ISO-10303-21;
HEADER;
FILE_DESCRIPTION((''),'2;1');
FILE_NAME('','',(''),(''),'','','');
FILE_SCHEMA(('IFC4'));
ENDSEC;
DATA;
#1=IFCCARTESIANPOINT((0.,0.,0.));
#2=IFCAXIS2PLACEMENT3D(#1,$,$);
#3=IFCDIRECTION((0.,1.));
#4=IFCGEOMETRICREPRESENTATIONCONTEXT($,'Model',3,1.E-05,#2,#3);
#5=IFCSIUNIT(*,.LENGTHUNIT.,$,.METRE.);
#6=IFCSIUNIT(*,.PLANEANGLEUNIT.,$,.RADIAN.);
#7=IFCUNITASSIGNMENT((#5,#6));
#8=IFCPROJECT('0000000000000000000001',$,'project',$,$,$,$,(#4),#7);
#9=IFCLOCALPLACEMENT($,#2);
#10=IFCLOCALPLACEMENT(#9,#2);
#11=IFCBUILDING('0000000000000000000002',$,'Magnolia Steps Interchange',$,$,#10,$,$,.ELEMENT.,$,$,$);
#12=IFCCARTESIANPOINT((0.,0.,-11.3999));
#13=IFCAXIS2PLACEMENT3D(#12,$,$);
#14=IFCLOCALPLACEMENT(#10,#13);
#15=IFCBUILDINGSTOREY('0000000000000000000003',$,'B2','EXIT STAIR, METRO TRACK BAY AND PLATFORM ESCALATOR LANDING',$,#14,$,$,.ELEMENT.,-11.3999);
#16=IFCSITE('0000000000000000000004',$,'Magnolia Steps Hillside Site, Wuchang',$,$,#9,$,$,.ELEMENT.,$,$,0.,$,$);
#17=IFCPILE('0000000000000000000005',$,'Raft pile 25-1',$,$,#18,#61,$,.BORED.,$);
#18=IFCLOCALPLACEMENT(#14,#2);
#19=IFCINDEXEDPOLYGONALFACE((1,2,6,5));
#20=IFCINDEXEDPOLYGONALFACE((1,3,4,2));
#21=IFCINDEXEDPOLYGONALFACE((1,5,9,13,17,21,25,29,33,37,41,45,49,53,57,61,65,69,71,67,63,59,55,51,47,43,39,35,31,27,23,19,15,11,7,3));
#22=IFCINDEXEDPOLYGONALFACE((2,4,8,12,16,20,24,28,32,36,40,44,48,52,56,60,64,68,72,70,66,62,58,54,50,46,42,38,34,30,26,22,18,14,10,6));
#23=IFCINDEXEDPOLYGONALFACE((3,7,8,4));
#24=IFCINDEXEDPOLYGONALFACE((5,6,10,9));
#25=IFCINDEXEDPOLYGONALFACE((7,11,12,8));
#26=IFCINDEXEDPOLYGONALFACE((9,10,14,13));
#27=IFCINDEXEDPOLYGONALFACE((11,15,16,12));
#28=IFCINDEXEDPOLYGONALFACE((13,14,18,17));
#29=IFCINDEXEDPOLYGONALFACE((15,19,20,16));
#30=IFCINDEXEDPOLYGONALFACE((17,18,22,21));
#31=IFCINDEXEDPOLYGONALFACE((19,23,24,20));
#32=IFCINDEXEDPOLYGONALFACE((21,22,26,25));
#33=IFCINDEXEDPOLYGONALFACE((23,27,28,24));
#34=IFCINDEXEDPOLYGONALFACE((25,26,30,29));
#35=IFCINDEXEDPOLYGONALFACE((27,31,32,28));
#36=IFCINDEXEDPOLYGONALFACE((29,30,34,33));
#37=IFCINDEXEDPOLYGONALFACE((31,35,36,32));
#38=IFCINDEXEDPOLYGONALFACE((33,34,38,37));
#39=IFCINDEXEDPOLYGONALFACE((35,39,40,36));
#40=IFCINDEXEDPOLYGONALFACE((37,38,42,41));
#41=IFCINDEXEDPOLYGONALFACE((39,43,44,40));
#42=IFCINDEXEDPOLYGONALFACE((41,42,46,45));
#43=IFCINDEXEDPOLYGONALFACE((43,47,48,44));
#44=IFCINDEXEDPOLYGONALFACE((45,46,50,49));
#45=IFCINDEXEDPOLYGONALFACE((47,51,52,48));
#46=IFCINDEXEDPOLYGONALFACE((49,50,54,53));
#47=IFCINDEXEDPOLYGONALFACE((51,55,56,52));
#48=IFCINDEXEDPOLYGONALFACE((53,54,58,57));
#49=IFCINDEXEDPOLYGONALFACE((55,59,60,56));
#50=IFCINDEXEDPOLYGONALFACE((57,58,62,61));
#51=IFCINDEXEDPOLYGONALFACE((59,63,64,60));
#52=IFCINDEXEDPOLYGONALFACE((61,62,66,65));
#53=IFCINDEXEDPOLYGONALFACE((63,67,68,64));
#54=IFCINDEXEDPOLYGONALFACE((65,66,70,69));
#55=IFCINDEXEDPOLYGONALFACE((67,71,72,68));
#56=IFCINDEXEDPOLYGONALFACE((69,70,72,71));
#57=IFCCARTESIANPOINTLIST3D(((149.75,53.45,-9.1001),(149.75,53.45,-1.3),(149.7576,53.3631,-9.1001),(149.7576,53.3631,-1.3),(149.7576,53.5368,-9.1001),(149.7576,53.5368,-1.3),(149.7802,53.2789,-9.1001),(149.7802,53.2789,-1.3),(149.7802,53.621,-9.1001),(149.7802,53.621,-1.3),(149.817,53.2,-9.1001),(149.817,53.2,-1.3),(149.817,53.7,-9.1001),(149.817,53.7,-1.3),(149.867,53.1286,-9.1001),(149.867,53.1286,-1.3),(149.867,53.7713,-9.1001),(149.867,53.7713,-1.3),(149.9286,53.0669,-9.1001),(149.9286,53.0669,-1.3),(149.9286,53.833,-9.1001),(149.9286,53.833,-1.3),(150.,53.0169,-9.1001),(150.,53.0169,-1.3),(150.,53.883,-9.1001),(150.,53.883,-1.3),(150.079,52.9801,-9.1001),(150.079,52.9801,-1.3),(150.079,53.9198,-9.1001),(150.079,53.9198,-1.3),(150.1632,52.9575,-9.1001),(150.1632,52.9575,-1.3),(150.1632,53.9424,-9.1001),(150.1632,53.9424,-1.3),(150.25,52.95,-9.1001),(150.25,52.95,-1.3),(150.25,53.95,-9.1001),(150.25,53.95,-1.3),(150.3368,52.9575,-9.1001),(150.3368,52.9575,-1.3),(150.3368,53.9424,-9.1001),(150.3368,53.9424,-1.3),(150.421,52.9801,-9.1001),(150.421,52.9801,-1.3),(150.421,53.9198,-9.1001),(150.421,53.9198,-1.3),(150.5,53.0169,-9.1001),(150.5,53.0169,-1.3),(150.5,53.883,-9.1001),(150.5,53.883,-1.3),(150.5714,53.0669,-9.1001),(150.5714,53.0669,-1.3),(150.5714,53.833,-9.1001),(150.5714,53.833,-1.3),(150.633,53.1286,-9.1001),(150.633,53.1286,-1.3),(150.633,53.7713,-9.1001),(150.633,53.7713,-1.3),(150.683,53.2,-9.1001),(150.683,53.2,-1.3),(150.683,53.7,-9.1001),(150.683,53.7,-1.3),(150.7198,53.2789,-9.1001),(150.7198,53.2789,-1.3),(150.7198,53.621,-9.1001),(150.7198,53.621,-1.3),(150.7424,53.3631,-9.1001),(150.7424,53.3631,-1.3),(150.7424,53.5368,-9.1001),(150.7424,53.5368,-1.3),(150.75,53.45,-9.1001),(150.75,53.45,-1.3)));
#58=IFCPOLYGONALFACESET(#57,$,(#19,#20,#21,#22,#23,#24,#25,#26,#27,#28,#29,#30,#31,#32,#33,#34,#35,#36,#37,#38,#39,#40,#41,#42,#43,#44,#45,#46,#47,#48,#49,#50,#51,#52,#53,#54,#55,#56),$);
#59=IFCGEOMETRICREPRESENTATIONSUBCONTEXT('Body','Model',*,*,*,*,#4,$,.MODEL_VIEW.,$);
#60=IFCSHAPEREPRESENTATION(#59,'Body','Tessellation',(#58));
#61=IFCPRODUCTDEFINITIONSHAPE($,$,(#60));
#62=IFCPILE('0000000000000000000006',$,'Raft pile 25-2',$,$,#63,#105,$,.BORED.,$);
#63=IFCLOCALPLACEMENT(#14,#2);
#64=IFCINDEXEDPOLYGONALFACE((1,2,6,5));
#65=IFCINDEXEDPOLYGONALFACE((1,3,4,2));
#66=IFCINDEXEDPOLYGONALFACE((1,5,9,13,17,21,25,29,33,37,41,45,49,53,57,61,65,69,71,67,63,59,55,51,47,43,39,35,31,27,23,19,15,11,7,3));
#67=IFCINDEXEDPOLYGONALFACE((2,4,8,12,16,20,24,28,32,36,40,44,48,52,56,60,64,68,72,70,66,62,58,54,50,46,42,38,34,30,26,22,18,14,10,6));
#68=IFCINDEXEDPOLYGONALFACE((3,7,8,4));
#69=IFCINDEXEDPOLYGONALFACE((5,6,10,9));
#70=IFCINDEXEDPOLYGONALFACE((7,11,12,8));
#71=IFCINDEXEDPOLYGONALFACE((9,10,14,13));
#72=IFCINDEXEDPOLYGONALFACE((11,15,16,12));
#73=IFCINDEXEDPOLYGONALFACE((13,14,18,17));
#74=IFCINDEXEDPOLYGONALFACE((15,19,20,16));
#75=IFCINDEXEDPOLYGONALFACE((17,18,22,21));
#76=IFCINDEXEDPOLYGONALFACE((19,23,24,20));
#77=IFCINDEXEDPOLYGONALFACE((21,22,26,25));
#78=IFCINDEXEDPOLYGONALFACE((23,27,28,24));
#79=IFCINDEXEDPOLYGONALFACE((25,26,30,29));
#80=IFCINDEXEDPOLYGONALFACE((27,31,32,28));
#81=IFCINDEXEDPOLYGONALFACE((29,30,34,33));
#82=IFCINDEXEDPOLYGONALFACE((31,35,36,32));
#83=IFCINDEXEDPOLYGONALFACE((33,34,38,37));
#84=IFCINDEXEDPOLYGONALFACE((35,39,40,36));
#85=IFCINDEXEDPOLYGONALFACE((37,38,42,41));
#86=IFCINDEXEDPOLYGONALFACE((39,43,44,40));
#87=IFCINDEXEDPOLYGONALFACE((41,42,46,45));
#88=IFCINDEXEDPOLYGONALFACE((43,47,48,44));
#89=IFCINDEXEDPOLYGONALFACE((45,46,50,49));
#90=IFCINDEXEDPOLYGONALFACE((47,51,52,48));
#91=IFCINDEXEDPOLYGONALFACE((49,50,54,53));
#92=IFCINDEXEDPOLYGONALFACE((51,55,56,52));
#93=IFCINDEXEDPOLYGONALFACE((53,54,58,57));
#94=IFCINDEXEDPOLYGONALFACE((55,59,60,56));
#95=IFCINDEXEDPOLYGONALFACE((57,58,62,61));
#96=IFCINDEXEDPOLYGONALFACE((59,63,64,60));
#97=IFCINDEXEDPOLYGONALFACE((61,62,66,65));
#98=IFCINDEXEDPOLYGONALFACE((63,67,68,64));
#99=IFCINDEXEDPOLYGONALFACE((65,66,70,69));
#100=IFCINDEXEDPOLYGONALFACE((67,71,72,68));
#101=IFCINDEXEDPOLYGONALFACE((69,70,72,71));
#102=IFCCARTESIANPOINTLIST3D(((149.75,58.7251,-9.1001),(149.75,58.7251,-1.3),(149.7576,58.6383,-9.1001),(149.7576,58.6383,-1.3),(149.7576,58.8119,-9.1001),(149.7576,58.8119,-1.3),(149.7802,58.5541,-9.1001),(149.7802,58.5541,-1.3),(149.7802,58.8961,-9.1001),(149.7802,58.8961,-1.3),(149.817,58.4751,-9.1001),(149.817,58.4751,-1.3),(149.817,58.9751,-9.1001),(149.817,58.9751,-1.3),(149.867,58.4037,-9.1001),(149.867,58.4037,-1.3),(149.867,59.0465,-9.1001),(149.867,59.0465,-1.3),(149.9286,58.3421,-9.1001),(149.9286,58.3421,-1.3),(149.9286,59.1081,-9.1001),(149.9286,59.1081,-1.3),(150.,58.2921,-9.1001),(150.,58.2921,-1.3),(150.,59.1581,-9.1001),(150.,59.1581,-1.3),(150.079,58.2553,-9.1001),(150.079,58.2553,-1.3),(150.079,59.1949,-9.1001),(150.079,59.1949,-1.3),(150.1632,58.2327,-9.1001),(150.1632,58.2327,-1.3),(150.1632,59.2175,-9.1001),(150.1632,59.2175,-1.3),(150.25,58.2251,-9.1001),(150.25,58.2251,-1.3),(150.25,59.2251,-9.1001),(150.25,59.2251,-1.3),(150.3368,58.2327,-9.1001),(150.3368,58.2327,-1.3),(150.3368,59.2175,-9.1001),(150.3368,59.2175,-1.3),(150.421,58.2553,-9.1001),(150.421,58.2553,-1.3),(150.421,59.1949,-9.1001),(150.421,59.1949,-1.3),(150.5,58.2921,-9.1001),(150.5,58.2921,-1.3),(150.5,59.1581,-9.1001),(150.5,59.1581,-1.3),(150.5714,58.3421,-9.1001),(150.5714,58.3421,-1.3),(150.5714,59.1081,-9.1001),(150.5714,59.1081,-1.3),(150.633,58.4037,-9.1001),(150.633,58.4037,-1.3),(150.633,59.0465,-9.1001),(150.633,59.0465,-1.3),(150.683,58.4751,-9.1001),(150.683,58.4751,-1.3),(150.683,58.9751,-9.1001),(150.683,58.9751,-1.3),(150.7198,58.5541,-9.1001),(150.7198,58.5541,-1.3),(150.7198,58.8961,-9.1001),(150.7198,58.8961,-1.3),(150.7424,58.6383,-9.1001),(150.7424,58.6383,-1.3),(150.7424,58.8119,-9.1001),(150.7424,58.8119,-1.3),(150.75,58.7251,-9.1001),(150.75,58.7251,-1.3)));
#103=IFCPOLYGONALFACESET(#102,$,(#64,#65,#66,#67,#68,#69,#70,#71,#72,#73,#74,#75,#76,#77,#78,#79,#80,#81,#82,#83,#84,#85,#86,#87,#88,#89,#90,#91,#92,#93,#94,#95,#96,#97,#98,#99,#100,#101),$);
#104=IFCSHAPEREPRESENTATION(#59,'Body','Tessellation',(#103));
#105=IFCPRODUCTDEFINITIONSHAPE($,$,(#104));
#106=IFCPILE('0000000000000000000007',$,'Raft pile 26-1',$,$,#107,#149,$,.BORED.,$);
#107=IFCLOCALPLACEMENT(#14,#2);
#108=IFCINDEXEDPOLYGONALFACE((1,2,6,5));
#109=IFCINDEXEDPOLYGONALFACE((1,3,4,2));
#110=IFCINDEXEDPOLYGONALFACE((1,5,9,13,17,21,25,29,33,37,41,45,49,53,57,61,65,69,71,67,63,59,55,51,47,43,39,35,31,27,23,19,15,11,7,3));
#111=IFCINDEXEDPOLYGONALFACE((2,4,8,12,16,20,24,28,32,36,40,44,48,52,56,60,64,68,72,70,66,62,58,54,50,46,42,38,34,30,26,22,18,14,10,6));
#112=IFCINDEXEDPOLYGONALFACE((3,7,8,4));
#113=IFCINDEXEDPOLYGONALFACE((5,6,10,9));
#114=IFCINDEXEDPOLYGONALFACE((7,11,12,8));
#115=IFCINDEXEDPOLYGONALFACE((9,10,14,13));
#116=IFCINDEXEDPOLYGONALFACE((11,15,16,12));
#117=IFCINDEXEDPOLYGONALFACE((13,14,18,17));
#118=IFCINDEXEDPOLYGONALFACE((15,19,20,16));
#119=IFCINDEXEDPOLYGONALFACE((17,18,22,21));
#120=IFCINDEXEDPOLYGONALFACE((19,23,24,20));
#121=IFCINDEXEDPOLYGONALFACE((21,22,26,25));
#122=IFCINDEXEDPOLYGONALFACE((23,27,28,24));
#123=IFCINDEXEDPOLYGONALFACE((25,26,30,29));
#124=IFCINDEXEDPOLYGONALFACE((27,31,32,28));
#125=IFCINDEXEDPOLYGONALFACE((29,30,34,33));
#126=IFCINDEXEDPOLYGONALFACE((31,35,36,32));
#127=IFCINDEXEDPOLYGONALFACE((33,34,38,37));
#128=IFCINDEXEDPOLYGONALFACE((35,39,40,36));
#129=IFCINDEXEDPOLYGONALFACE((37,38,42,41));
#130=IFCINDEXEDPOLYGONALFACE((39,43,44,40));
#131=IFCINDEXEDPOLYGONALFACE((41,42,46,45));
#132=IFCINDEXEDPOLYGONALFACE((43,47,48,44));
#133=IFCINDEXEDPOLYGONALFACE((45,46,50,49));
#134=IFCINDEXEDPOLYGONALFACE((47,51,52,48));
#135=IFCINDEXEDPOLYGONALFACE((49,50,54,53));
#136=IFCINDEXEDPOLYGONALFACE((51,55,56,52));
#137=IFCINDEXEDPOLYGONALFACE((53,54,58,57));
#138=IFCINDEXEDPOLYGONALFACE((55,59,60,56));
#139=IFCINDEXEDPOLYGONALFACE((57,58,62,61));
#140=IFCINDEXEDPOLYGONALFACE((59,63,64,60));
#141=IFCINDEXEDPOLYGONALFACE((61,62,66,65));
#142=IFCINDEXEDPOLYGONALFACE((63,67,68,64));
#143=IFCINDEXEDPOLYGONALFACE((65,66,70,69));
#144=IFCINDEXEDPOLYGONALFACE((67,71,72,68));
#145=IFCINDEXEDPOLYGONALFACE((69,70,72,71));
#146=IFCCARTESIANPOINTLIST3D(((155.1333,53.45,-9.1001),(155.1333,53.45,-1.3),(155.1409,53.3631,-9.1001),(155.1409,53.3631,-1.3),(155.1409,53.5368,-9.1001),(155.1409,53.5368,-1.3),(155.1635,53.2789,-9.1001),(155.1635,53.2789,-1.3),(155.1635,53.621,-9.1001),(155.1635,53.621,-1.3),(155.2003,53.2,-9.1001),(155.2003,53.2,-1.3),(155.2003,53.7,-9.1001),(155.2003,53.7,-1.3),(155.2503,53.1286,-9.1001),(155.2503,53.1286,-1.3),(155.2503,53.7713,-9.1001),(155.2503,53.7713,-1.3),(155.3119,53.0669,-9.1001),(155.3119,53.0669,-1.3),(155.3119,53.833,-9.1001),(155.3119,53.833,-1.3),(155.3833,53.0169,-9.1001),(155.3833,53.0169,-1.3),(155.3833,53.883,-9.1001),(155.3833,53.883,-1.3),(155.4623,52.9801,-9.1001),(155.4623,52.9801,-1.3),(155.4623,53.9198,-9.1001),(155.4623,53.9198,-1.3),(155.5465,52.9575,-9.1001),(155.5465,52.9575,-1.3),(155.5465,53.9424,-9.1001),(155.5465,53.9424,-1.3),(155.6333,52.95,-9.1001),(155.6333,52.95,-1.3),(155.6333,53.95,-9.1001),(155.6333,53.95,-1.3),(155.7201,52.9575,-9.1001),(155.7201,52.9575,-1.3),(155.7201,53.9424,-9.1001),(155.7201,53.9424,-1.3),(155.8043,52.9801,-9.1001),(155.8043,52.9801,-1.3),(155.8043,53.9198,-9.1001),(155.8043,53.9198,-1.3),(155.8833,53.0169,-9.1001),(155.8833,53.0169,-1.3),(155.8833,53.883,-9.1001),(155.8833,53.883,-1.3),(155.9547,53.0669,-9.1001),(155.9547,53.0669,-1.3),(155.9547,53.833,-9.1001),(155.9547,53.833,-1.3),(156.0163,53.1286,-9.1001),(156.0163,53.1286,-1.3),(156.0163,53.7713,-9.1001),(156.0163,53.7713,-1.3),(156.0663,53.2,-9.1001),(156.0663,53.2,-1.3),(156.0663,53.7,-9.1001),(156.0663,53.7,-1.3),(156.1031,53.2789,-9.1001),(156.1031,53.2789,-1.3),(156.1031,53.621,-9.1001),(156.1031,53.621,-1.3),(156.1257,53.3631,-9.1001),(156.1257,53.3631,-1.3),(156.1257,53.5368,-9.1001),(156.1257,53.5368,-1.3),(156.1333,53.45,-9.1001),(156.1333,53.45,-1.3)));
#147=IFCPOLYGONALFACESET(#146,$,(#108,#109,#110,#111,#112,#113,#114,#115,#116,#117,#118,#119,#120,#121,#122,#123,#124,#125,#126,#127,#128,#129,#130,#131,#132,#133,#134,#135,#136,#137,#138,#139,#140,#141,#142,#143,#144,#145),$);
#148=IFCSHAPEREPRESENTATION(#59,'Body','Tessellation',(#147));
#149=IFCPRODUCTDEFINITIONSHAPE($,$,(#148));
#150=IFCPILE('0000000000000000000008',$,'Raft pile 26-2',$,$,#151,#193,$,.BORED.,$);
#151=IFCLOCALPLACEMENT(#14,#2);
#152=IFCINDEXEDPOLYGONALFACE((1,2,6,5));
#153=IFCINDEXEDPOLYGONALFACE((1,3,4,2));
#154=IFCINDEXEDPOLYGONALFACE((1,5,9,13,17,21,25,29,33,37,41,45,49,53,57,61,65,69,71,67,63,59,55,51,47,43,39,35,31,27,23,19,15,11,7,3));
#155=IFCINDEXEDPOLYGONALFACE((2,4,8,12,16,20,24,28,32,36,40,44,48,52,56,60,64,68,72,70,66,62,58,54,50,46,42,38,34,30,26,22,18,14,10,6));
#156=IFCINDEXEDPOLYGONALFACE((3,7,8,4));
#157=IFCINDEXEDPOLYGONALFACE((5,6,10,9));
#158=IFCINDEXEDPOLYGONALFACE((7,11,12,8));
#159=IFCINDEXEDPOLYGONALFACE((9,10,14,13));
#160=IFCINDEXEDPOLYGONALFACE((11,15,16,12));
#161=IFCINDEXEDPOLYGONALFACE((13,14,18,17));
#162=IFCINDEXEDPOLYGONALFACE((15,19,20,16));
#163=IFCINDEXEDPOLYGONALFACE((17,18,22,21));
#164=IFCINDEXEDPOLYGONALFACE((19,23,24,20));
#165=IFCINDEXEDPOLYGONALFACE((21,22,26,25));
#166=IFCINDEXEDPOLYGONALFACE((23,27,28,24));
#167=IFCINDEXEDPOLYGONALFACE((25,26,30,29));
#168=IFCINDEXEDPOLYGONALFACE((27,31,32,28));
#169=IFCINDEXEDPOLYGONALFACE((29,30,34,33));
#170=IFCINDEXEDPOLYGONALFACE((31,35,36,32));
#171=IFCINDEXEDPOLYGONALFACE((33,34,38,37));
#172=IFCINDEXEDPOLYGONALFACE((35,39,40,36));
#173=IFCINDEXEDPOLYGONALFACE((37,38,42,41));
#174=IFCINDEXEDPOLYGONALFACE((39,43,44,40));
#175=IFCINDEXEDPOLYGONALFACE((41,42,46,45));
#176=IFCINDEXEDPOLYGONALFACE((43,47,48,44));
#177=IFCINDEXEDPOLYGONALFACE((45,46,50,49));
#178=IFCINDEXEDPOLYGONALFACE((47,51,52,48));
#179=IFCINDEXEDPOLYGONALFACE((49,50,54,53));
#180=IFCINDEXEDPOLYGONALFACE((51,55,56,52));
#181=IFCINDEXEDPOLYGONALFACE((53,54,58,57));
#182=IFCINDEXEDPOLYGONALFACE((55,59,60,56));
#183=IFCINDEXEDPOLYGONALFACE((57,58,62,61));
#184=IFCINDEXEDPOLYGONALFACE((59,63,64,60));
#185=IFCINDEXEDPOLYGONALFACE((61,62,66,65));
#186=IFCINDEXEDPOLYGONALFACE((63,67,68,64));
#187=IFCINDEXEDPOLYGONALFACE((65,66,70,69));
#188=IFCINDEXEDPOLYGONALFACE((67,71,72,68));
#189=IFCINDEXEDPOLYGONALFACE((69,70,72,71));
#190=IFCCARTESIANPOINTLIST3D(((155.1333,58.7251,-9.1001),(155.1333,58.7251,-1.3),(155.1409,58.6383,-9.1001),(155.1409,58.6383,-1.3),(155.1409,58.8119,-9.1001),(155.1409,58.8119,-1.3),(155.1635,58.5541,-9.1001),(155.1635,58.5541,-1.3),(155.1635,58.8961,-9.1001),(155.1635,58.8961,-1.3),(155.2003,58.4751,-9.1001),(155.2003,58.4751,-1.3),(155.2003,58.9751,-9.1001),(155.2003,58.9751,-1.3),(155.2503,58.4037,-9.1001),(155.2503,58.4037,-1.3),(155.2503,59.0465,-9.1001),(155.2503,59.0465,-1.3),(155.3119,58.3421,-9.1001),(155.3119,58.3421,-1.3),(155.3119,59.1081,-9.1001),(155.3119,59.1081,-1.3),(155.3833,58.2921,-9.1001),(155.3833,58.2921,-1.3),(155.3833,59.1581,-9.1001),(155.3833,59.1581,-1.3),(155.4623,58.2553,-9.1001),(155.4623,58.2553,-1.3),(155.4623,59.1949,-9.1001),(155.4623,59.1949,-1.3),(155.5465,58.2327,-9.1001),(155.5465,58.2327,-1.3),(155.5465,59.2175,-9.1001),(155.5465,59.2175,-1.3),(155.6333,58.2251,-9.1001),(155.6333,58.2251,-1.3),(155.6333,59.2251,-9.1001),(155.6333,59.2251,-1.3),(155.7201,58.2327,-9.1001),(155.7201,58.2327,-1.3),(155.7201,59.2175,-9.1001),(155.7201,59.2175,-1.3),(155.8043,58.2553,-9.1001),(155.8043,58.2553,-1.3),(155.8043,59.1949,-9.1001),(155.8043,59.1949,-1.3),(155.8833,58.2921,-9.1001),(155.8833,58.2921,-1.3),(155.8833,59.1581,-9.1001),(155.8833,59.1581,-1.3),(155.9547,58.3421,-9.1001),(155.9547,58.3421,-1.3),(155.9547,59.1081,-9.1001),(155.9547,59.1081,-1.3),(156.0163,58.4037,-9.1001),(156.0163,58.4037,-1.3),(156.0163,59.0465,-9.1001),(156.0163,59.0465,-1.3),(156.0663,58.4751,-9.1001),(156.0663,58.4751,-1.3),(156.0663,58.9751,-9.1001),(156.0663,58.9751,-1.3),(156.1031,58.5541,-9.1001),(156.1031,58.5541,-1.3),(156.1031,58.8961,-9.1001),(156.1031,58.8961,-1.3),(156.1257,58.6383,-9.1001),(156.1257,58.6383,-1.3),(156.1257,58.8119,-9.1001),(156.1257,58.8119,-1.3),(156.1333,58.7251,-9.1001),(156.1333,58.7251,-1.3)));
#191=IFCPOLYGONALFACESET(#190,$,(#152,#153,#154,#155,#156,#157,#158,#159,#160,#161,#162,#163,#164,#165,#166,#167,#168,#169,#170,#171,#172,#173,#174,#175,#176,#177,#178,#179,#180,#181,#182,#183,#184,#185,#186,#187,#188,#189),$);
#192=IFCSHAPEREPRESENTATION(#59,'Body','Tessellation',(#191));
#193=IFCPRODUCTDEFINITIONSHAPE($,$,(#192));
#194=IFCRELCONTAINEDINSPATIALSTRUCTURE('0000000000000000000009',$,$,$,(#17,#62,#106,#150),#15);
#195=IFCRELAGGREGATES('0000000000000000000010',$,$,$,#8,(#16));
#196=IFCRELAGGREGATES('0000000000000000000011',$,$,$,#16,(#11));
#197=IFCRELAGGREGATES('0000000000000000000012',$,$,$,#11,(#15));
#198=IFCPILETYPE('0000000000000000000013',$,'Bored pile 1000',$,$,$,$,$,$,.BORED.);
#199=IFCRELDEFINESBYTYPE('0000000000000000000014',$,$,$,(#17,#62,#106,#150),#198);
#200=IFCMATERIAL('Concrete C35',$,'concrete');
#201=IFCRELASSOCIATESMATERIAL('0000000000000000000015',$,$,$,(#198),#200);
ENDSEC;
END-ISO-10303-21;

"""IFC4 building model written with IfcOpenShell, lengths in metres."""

from ifc_helpers import new_model, si_unit, direction, frame, origin, origin_2d, place, context, subcontext, project, spatial, circle, extrude, material, material_profile, profile_set, type_object, element, save


model = new_model("IFC4")

# Units and contexts
model_context = context("Model", 3, precision=1e-05, world=origin(), true_north=direction((0.0, 1.0)))
body_context = subcontext(model_context, "Body", "Model", "MODEL_VIEW")
ifc_project = project(units=[si_unit("LENGTHUNIT", "METRE"), si_unit("PLANEANGLEUNIT", "RADIAN")], contexts=[model_context])

# Site, building, storey
site_placement = place(None, origin())
site = spatial("IfcSite", under=ifc_project, at=site_placement, Name="Magnolia Steps Hillside Site, Wuchang", CompositionType="ELEMENT", RefElevation=0.0)
building_placement = place(site_placement, origin())
building = spatial("IfcBuilding", under=site, at=building_placement, Name="Magnolia Steps Interchange", CompositionType="ELEMENT")
storey_placement = place(building_placement, frame((0.0, 0.0, -11.3999)))
storey = spatial("IfcBuildingStorey", under=building, at=storey_placement, Name="B2", Description="EXIT STAIR, METRO TRACK BAY AND PLATFORM ESCALATOR LANDING", CompositionType="ELEMENT", Elevation=-11.3999)

# Piles
ifc_material_1 = material(Name="Concrete C35", Category="concrete")
ifc_material_profile_1 = material_profile(ifc_material_1, circle(Radius=0.5, at=origin_2d()), Name="Bored pile 1000")
ifc_profile_set_1 = profile_set([ifc_material_profile_1], Name="Concrete C35")
pile_type_1 = type_object("IfcPileType", Name="Bored pile 1000", PredefinedType="BORED", material=ifc_profile_set_1)
for number, where, z_axis, x_axis, name in (
    (1, (150.25, 53.45, -1.3), (0.0, 0.0, -1.0), (1.0, 0.0, 0.0), "Raft pile 25-1"),
    (2, (150.25, 58.7251, -1.3), (0.0, 0.0, -1.0), (1.0, 0.0, 0.0), "Raft pile 25-2"),
    (3, (155.6333, 53.45, -1.3), (0.0, 0.0, -1.0), (1.0, 0.0, 0.0), "Raft pile 26-1"),
    (4, (155.6333, 58.7251, -1.3), (0.0, 0.0, -1.0), (1.0, 0.0, 0.0), "Raft pile 26-2"),
):
    element("IfcPile", number, at=place(storey_placement, frame(where, z_axis=z_axis, x_axis=x_axis)), inside=storey, type_object=pile_type_1, Name=name, PredefinedType="BORED", context=body_context, shape_type="SweptSolid", body=[
        extrude(circle(Radius=0.5, at=origin_2d()), origin(), (0.0, 0.0, 1.0), 7.8),
    ])

save(model, "model.ifc")
